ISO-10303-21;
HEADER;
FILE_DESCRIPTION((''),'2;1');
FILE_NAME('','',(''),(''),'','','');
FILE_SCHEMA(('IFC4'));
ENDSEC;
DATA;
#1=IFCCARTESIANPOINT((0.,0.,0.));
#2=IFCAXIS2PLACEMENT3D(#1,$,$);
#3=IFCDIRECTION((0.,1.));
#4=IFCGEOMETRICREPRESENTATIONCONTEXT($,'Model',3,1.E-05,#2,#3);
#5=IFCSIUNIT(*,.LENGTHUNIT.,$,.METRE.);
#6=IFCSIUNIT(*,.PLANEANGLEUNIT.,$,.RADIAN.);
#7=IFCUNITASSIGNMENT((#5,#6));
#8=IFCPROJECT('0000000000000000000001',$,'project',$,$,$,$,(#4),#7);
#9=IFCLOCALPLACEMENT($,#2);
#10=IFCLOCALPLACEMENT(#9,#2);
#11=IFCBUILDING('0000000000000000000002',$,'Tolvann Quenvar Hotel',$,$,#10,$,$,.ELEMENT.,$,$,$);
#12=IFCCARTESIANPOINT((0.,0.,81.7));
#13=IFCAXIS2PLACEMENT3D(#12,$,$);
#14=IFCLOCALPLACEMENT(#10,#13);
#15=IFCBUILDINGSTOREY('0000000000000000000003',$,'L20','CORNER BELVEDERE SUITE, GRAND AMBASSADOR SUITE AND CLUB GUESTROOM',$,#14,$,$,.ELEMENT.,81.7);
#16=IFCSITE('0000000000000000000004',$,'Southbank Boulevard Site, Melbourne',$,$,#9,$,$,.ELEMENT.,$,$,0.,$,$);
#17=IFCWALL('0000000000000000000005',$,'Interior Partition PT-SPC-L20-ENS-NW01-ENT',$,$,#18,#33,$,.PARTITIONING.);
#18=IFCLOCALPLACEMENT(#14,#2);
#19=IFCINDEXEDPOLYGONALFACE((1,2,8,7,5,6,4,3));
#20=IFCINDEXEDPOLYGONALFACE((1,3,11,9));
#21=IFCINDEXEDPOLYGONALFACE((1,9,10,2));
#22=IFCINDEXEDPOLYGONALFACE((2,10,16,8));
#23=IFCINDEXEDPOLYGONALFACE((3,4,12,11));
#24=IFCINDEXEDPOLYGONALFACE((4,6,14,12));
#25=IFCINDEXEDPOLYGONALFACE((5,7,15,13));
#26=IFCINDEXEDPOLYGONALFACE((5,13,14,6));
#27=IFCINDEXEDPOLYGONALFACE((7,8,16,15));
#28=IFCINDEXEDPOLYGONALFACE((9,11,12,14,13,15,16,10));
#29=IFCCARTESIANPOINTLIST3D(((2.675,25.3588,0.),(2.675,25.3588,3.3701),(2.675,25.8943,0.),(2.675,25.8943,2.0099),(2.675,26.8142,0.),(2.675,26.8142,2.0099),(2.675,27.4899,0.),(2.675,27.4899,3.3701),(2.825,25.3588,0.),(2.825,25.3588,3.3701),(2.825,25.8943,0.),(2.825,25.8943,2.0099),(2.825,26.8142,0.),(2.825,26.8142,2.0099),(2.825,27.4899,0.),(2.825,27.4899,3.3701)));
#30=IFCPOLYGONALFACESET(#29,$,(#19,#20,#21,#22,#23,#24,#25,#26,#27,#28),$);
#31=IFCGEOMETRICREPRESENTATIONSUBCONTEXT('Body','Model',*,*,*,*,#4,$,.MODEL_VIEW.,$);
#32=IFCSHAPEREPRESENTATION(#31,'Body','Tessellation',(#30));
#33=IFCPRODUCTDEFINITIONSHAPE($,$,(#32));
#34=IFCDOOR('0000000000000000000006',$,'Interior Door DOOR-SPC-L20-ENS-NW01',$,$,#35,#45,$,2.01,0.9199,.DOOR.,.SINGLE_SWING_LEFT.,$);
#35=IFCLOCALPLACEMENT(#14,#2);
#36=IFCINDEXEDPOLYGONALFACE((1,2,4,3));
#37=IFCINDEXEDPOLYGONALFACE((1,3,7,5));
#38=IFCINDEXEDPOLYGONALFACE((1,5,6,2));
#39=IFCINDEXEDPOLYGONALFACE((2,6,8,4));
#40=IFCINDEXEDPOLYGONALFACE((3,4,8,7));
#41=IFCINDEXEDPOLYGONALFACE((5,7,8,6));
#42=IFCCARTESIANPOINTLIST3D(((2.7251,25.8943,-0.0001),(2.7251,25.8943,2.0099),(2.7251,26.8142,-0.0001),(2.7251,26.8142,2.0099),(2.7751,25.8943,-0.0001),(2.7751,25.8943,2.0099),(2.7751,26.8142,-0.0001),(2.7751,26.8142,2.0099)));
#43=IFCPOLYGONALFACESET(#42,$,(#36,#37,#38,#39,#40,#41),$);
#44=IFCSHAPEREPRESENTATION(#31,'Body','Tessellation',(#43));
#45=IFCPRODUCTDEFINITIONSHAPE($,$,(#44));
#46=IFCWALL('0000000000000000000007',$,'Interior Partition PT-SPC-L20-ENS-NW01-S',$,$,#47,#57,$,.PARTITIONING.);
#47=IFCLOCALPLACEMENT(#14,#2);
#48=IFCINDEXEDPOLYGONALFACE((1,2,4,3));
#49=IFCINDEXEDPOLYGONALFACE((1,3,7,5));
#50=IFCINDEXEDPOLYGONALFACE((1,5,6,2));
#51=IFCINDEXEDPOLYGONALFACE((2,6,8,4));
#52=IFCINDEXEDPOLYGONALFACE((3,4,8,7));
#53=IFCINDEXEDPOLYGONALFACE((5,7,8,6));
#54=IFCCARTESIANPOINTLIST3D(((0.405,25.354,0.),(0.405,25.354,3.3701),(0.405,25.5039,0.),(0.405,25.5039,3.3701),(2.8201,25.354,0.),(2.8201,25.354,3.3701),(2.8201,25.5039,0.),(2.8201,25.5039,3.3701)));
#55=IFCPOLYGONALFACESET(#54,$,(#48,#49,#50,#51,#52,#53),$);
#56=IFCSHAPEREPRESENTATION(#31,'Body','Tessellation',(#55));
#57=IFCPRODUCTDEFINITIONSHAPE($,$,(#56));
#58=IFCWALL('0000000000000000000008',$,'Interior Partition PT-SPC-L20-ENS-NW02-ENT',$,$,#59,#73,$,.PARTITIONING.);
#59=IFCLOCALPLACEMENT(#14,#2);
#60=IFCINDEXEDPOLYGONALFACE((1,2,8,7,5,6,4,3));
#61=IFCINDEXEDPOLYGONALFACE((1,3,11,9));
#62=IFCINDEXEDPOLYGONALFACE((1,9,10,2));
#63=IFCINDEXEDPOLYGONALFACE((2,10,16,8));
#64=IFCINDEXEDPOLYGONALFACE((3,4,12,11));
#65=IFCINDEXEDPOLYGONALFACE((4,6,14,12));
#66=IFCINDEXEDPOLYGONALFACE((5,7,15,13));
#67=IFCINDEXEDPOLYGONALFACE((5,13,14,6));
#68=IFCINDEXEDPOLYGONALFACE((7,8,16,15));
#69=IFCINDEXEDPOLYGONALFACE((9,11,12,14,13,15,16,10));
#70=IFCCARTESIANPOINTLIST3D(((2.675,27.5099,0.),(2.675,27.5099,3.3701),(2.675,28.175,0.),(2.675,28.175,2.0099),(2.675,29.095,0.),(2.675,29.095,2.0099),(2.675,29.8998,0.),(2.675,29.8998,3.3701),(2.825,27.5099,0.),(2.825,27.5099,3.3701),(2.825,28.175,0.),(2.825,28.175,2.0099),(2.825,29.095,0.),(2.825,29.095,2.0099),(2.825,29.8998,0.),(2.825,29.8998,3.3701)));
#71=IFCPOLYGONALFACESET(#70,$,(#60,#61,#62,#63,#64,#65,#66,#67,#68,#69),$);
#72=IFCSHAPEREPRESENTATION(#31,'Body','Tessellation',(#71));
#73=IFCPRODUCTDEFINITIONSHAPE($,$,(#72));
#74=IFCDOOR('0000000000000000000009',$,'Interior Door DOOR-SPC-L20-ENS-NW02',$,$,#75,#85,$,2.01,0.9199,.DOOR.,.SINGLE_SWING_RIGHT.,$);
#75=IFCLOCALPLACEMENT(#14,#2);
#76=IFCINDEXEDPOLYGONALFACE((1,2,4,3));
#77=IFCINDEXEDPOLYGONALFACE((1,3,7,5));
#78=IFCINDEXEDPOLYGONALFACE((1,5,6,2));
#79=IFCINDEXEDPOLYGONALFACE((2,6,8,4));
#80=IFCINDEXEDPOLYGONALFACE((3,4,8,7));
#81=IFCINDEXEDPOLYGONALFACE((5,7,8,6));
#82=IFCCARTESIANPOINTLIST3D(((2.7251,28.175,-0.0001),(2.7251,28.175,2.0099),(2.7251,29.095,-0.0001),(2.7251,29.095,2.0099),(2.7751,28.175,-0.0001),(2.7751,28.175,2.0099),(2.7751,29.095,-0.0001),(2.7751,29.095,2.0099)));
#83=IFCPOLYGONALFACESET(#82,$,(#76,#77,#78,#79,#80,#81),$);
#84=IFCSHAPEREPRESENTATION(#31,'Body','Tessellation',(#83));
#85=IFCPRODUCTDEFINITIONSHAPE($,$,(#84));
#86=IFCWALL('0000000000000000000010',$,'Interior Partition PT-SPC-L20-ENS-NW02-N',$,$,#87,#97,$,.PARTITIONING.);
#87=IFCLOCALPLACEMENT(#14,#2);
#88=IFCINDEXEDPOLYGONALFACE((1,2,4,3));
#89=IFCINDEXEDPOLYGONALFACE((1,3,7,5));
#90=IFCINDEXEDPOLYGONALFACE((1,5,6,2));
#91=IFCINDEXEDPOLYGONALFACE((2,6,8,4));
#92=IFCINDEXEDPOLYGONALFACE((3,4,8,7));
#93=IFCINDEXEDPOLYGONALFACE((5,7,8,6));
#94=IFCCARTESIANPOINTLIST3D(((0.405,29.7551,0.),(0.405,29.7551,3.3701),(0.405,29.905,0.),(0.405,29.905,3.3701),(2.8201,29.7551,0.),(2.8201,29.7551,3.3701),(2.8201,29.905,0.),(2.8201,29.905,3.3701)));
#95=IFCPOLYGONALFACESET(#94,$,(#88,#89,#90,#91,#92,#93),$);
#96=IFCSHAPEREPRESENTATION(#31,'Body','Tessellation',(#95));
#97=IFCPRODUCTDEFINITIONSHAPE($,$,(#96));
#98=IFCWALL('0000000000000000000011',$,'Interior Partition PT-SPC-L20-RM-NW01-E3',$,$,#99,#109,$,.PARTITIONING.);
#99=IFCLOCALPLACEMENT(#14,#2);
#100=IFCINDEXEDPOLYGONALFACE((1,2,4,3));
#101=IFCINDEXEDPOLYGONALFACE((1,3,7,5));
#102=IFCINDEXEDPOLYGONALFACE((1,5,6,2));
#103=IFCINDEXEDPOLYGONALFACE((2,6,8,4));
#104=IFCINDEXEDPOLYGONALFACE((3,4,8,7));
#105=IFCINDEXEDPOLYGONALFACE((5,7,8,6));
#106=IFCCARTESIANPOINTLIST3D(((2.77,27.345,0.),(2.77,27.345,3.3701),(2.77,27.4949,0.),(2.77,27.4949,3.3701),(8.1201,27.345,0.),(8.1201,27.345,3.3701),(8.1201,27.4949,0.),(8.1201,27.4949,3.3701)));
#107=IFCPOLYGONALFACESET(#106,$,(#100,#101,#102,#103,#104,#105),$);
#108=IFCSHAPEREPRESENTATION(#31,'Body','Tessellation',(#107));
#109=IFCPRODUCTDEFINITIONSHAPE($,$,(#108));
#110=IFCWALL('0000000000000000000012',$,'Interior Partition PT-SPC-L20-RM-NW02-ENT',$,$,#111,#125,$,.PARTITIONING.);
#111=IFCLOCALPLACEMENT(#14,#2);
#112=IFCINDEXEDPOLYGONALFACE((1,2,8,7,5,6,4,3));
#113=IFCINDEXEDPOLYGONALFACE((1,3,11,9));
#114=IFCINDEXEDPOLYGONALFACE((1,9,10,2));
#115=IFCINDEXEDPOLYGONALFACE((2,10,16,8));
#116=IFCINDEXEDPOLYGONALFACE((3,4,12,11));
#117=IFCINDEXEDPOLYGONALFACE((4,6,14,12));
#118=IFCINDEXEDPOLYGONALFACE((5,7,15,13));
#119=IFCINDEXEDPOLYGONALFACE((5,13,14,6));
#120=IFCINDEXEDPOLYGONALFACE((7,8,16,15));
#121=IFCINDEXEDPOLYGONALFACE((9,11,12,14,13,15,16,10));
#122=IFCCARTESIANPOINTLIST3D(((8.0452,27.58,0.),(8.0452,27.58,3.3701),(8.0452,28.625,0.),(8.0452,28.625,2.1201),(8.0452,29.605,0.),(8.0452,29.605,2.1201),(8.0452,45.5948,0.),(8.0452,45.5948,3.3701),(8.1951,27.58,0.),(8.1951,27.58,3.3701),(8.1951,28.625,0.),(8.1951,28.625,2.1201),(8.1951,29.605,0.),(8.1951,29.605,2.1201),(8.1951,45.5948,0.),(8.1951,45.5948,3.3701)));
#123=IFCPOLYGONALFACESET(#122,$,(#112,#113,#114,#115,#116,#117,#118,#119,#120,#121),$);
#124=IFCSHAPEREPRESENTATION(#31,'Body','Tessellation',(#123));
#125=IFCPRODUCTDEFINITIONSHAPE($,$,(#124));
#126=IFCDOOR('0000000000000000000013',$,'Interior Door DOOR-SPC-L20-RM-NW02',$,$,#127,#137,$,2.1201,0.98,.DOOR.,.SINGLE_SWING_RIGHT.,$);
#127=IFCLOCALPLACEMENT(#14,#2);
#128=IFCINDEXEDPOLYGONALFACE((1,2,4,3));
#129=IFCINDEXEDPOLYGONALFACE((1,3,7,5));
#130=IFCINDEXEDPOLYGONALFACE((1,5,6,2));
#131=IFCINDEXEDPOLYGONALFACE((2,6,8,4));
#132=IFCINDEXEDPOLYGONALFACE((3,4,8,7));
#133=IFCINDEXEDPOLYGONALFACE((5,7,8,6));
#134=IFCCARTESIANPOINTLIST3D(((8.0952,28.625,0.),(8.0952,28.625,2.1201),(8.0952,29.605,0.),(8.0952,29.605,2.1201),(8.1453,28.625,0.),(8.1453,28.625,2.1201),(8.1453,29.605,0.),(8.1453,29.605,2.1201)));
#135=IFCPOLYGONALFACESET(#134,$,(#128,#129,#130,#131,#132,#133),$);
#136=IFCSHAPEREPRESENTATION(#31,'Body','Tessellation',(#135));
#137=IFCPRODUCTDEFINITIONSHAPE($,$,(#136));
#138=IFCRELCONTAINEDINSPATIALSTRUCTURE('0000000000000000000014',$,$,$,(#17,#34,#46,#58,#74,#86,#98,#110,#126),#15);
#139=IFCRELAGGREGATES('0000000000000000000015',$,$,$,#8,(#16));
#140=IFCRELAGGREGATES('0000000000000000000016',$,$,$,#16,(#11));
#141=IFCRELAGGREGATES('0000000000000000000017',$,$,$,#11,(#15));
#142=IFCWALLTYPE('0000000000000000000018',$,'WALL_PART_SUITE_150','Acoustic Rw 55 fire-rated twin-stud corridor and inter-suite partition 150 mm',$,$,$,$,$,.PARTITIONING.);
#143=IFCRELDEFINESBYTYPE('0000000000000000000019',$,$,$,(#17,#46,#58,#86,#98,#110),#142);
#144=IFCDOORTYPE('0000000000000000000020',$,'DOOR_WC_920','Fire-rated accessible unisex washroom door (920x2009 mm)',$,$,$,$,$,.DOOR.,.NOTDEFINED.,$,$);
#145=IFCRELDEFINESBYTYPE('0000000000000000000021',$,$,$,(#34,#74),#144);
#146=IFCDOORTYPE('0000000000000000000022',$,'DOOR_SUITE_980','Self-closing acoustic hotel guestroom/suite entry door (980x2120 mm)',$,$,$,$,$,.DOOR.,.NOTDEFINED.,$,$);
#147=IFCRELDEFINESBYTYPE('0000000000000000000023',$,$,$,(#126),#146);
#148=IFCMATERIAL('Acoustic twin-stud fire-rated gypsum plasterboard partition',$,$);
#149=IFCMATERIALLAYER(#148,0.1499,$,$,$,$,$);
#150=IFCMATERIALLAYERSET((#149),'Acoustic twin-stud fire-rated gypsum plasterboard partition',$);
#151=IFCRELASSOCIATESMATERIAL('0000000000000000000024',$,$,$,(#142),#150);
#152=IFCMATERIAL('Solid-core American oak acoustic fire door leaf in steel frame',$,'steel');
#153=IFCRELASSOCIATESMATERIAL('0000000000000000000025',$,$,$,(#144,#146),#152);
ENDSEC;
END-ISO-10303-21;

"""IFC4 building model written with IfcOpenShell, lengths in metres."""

from ifc_helpers import new_model, si_unit, direction, frame, frame_2d, origin, place, context, subcontext, project, spatial, rectangle, extrude, source, transform, mapped, material, layer, layer_set, type_object, type_shapes, element, fill, save


model = new_model("IFC4")

# Units and contexts
model_context = context("Model", 3, precision=1e-05, world=origin(), true_north=direction((0.0, 1.0)))
body_context = subcontext(model_context, "Body", "Model", "MODEL_VIEW")
ifc_project = project(units=[si_unit("LENGTHUNIT", "METRE"), si_unit("PLANEANGLEUNIT", "RADIAN")], contexts=[model_context])

# Site, building, storey
site_placement = place(None, origin())
site = spatial("IfcSite", under=ifc_project, at=site_placement, Name="Southbank Boulevard Site, Melbourne", CompositionType="ELEMENT", RefElevation=0.0)
building_placement = place(site_placement, origin())
building = spatial("IfcBuilding", under=site, at=building_placement, Name="Tolvann Quenvar Hotel", CompositionType="ELEMENT")
storey_placement = place(building_placement, frame((0.0, 0.0, 81.7)))
storey = spatial("IfcBuildingStorey", under=building, at=storey_placement, Name="L20", Description="CORNER BELVEDERE SUITE, GRAND AMBASSADOR SUITE AND CLUB GUESTROOM", CompositionType="ELEMENT", Elevation=81.7)

# Shared definitions
ifc_material_1 = material(Name="Solid-core American oak acoustic fire door leaf in steel frame", Category="steel")

# Shared definitions
ifc_material_2 = material(Name="Acoustic twin-stud fire-rated gypsum plasterboard partition")

# Wall, opening, door
ifc_layer_1 = layer(ifc_material_2, 0.1499)
ifc_layer_set_1 = layer_set([ifc_layer_1], Name="Acoustic twin-stud fire-rated gypsum plasterboard partition")
wall_type_1 = type_object("IfcWallType", Name="WALL_PART_SUITE_150", Description="Acoustic Rw 55 fire-rated twin-stud corridor and inter-suite partition 150 mm", PredefinedType="PARTITIONING", material=ifc_layer_set_1)
wall_1_placement = place(storey_placement, frame((2.75, 25.3589, 0.0), z_axis=(0.0, 0.0, 1.0), x_axis=(0.0, 1.0, 0.0)))
wall_1 = element("IfcWall", 1, at=wall_1_placement, inside=storey, type_object=wall_type_1, Name="Interior Partition PT-SPC-L20-ENS-NW01-ENT", PredefinedType="PARTITIONING", context=body_context, shape_type="SweptSolid", body=[
    extrude(rectangle(XDim=2.1311, YDim=0.1499, at=frame_2d((1.0654, 0.0))), origin(), (0.0, 0.0, 1.0), 3.3701),
])
opening_1_placement = place(wall_1_placement, frame((0.5354, 0.0, 0.0)))
opening_1 = element("IfcOpeningElement", 2, at=opening_1_placement, cuts=wall_1, PredefinedType="OPENING", context=body_context, shape_type="SweptSolid", body=[
    extrude(rectangle(XDim=0.9199, YDim=2.01, at=frame_2d((0.46, 1.0049))), frame((0.0, 0.085, 0.0), z_axis=(0.0, -1.0, 0.0), x_axis=(1.0, 0.0, 0.0)), (0.0, 0.0, 1.0), 0.1699),
])
door_type_1 = type_object("IfcDoorType", Name="DOOR_WC_920", Description="Fire-rated accessible unisex washroom door (920x2009 mm)", OperationType="NOTDEFINED", PredefinedType="DOOR", material=ifc_material_1)
shared_shape_1 = source(origin(), body_context, "Body", "SweptSolid", [
    extrude(rectangle(XDim=0.9199, YDim=2.01, at=frame_2d((0.46, 1.0049))), frame((0.0, 0.0249, 0.0), z_axis=(0.0, -1.0, 0.0), x_axis=(1.0, 0.0, 0.0)), (0.0, 0.0, 1.0), 0.05),
])
type_shapes(door_type_1, [shared_shape_1])
door_1_placement = place(opening_1_placement, origin())
door_1 = element("IfcDoor", 3, at=door_1_placement, inside=storey, type_object=door_type_1, Name="Interior Door DOOR-SPC-L20-ENS-NW01", OperationType="SINGLE_SWING_LEFT", OverallHeight=2.01, OverallWidth=0.9199, PredefinedType="DOOR", context=body_context, shape_type="MappedRepresentation", body=[
    mapped(shared_shape_1, transform((0.0, 0.0, 0.0), x_axis=(1.0, 0.0, 0.0), y_axis=(0.0, 1.0, 0.0), z_axis=(0.0, 0.0, 1.0), scale=1.0)),
])
fill(opening_1, door_1)

# Wall
wall_2_placement = place(storey_placement, frame((0.405, 25.429, 0.0), z_axis=(0.0, 0.0, 1.0), x_axis=(1.0, 0.0, 0.0)))
element("IfcWall", 4, at=wall_2_placement, inside=storey, type_object=wall_type_1, Name="Interior Partition PT-SPC-L20-ENS-NW01-S", PredefinedType="PARTITIONING", context=body_context, shape_type="SweptSolid", body=[
    extrude(rectangle(XDim=2.415, YDim=0.1499, at=frame_2d((1.2075, 0.0))), origin(), (0.0, 0.0, 1.0), 3.3701),
])

# Wall, opening, door
wall_3_placement = place(storey_placement, frame((2.75, 27.51, 0.0), z_axis=(0.0, 0.0, 1.0), x_axis=(0.0, 1.0, 0.0)))
wall_3 = element("IfcWall", 5, at=wall_3_placement, inside=storey, type_object=wall_type_1, Name="Interior Partition PT-SPC-L20-ENS-NW02-ENT", PredefinedType="PARTITIONING", context=body_context, shape_type="SweptSolid", body=[
    extrude(rectangle(XDim=2.3899, YDim=0.1499, at=frame_2d((1.1948, 0.0))), origin(), (0.0, 0.0, 1.0), 3.3701),
])
opening_2_placement = place(wall_3_placement, frame((0.665, 0.0, 0.0)))
opening_2 = element("IfcOpeningElement", 6, at=opening_2_placement, cuts=wall_3, PredefinedType="OPENING", context=body_context, shape_type="SweptSolid", body=[
    extrude(rectangle(XDim=0.9199, YDim=2.01, at=frame_2d((0.46, 1.0049))), frame((0.0, 0.085, 0.0), z_axis=(0.0, -1.0, 0.0), x_axis=(1.0, 0.0, 0.0)), (0.0, 0.0, 1.0), 0.1699),
])
door_2_placement = place(opening_2_placement, origin())
door_2 = element("IfcDoor", 7, at=door_2_placement, inside=storey, type_object=door_type_1, Name="Interior Door DOOR-SPC-L20-ENS-NW02", OperationType="SINGLE_SWING_RIGHT", OverallHeight=2.01, OverallWidth=0.9199, PredefinedType="DOOR", context=body_context, shape_type="MappedRepresentation", body=[
    mapped(shared_shape_1, transform((0.0, 0.0, 0.0), x_axis=(1.0, 0.0, 0.0), y_axis=(0.0, 1.0, 0.0), z_axis=(0.0, 0.0, 1.0), scale=1.0)),
])
fill(opening_2, door_2)

# Walls
wall_4_placement = place(storey_placement, frame((0.405, 29.8301, 0.0), z_axis=(0.0, 0.0, 1.0), x_axis=(1.0, 0.0, 0.0)))
element("IfcWall", 8, at=wall_4_placement, inside=storey, type_object=wall_type_1, Name="Interior Partition PT-SPC-L20-ENS-NW02-N", PredefinedType="PARTITIONING", context=body_context, shape_type="SweptSolid", body=[
    extrude(rectangle(XDim=2.415, YDim=0.1499, at=frame_2d((1.2075, 0.0))), origin(), (0.0, 0.0, 1.0), 3.3701),
])
wall_5_placement = place(storey_placement, frame((2.77, 27.4199, 0.0), z_axis=(0.0, 0.0, 1.0), x_axis=(1.0, 0.0, 0.0)))
element("IfcWall", 9, at=wall_5_placement, inside=storey, type_object=wall_type_1, Name="Interior Partition PT-SPC-L20-RM-NW01-E3", PredefinedType="PARTITIONING", context=body_context, shape_type="SweptSolid", body=[
    extrude(rectangle(XDim=5.3501, YDim=0.1499, at=frame_2d((2.675, 0.0))), origin(), (0.0, 0.0, 1.0), 3.3701),
])

# Wall, opening, door
wall_6_placement = place(storey_placement, frame((8.1201, 27.5801, 0.0), z_axis=(0.0, 0.0, 1.0), x_axis=(0.0, 1.0, 0.0)))
wall_6 = element("IfcWall", 10, at=wall_6_placement, inside=storey, type_object=wall_type_1, Name="Interior Partition PT-SPC-L20-RM-NW02-ENT", PredefinedType="PARTITIONING", context=body_context, shape_type="SweptSolid", body=[
    extrude(rectangle(XDim=18.0149, YDim=0.1499, at=frame_2d((9.0073, 0.0))), origin(), (0.0, 0.0, 1.0), 3.3701),
])
opening_3_placement = place(wall_6_placement, frame((1.0449, 0.0, 0.0)))
opening_3 = element("IfcOpeningElement", 11, at=opening_3_placement, cuts=wall_6, PredefinedType="OPENING", context=body_context, shape_type="SweptSolid", body=[
    extrude(rectangle(XDim=0.98, YDim=2.1201, at=frame_2d((0.49, 1.0601))), frame((0.0, 0.085, 0.0), z_axis=(0.0, -1.0, 0.0), x_axis=(1.0, 0.0, 0.0)), (0.0, 0.0, 1.0), 0.1699),
])
door_type_2 = type_object("IfcDoorType", Name="DOOR_SUITE_980", Description="Self-closing acoustic hotel guestroom/suite entry door (980x2120 mm)", OperationType="NOTDEFINED", PredefinedType="DOOR", material=ifc_material_1)
shared_shape_2 = source(origin(), body_context, "Body", "SweptSolid", [
    extrude(rectangle(XDim=0.98, YDim=2.1201, at=frame_2d((0.49, 1.0601))), frame((0.0, 0.0249, 0.0), z_axis=(0.0, -1.0, 0.0), x_axis=(1.0, 0.0, 0.0)), (0.0, 0.0, 1.0), 0.05),
])
type_shapes(door_type_2, [shared_shape_2])
door_3_placement = place(opening_3_placement, origin())
door_3 = element("IfcDoor", 12, at=door_3_placement, inside=storey, type_object=door_type_2, Name="Interior Door DOOR-SPC-L20-RM-NW02", OperationType="SINGLE_SWING_RIGHT", OverallHeight=2.1201, OverallWidth=0.98, PredefinedType="DOOR", context=body_context, shape_type="MappedRepresentation", body=[
    mapped(shared_shape_2, transform((0.0, 0.0, 0.0), x_axis=(1.0, 0.0, 0.0), y_axis=(0.0, 1.0, 0.0), z_axis=(0.0, 0.0, 1.0), scale=1.0)),
])
fill(opening_3, door_3)

save(model, "model.ifc")
